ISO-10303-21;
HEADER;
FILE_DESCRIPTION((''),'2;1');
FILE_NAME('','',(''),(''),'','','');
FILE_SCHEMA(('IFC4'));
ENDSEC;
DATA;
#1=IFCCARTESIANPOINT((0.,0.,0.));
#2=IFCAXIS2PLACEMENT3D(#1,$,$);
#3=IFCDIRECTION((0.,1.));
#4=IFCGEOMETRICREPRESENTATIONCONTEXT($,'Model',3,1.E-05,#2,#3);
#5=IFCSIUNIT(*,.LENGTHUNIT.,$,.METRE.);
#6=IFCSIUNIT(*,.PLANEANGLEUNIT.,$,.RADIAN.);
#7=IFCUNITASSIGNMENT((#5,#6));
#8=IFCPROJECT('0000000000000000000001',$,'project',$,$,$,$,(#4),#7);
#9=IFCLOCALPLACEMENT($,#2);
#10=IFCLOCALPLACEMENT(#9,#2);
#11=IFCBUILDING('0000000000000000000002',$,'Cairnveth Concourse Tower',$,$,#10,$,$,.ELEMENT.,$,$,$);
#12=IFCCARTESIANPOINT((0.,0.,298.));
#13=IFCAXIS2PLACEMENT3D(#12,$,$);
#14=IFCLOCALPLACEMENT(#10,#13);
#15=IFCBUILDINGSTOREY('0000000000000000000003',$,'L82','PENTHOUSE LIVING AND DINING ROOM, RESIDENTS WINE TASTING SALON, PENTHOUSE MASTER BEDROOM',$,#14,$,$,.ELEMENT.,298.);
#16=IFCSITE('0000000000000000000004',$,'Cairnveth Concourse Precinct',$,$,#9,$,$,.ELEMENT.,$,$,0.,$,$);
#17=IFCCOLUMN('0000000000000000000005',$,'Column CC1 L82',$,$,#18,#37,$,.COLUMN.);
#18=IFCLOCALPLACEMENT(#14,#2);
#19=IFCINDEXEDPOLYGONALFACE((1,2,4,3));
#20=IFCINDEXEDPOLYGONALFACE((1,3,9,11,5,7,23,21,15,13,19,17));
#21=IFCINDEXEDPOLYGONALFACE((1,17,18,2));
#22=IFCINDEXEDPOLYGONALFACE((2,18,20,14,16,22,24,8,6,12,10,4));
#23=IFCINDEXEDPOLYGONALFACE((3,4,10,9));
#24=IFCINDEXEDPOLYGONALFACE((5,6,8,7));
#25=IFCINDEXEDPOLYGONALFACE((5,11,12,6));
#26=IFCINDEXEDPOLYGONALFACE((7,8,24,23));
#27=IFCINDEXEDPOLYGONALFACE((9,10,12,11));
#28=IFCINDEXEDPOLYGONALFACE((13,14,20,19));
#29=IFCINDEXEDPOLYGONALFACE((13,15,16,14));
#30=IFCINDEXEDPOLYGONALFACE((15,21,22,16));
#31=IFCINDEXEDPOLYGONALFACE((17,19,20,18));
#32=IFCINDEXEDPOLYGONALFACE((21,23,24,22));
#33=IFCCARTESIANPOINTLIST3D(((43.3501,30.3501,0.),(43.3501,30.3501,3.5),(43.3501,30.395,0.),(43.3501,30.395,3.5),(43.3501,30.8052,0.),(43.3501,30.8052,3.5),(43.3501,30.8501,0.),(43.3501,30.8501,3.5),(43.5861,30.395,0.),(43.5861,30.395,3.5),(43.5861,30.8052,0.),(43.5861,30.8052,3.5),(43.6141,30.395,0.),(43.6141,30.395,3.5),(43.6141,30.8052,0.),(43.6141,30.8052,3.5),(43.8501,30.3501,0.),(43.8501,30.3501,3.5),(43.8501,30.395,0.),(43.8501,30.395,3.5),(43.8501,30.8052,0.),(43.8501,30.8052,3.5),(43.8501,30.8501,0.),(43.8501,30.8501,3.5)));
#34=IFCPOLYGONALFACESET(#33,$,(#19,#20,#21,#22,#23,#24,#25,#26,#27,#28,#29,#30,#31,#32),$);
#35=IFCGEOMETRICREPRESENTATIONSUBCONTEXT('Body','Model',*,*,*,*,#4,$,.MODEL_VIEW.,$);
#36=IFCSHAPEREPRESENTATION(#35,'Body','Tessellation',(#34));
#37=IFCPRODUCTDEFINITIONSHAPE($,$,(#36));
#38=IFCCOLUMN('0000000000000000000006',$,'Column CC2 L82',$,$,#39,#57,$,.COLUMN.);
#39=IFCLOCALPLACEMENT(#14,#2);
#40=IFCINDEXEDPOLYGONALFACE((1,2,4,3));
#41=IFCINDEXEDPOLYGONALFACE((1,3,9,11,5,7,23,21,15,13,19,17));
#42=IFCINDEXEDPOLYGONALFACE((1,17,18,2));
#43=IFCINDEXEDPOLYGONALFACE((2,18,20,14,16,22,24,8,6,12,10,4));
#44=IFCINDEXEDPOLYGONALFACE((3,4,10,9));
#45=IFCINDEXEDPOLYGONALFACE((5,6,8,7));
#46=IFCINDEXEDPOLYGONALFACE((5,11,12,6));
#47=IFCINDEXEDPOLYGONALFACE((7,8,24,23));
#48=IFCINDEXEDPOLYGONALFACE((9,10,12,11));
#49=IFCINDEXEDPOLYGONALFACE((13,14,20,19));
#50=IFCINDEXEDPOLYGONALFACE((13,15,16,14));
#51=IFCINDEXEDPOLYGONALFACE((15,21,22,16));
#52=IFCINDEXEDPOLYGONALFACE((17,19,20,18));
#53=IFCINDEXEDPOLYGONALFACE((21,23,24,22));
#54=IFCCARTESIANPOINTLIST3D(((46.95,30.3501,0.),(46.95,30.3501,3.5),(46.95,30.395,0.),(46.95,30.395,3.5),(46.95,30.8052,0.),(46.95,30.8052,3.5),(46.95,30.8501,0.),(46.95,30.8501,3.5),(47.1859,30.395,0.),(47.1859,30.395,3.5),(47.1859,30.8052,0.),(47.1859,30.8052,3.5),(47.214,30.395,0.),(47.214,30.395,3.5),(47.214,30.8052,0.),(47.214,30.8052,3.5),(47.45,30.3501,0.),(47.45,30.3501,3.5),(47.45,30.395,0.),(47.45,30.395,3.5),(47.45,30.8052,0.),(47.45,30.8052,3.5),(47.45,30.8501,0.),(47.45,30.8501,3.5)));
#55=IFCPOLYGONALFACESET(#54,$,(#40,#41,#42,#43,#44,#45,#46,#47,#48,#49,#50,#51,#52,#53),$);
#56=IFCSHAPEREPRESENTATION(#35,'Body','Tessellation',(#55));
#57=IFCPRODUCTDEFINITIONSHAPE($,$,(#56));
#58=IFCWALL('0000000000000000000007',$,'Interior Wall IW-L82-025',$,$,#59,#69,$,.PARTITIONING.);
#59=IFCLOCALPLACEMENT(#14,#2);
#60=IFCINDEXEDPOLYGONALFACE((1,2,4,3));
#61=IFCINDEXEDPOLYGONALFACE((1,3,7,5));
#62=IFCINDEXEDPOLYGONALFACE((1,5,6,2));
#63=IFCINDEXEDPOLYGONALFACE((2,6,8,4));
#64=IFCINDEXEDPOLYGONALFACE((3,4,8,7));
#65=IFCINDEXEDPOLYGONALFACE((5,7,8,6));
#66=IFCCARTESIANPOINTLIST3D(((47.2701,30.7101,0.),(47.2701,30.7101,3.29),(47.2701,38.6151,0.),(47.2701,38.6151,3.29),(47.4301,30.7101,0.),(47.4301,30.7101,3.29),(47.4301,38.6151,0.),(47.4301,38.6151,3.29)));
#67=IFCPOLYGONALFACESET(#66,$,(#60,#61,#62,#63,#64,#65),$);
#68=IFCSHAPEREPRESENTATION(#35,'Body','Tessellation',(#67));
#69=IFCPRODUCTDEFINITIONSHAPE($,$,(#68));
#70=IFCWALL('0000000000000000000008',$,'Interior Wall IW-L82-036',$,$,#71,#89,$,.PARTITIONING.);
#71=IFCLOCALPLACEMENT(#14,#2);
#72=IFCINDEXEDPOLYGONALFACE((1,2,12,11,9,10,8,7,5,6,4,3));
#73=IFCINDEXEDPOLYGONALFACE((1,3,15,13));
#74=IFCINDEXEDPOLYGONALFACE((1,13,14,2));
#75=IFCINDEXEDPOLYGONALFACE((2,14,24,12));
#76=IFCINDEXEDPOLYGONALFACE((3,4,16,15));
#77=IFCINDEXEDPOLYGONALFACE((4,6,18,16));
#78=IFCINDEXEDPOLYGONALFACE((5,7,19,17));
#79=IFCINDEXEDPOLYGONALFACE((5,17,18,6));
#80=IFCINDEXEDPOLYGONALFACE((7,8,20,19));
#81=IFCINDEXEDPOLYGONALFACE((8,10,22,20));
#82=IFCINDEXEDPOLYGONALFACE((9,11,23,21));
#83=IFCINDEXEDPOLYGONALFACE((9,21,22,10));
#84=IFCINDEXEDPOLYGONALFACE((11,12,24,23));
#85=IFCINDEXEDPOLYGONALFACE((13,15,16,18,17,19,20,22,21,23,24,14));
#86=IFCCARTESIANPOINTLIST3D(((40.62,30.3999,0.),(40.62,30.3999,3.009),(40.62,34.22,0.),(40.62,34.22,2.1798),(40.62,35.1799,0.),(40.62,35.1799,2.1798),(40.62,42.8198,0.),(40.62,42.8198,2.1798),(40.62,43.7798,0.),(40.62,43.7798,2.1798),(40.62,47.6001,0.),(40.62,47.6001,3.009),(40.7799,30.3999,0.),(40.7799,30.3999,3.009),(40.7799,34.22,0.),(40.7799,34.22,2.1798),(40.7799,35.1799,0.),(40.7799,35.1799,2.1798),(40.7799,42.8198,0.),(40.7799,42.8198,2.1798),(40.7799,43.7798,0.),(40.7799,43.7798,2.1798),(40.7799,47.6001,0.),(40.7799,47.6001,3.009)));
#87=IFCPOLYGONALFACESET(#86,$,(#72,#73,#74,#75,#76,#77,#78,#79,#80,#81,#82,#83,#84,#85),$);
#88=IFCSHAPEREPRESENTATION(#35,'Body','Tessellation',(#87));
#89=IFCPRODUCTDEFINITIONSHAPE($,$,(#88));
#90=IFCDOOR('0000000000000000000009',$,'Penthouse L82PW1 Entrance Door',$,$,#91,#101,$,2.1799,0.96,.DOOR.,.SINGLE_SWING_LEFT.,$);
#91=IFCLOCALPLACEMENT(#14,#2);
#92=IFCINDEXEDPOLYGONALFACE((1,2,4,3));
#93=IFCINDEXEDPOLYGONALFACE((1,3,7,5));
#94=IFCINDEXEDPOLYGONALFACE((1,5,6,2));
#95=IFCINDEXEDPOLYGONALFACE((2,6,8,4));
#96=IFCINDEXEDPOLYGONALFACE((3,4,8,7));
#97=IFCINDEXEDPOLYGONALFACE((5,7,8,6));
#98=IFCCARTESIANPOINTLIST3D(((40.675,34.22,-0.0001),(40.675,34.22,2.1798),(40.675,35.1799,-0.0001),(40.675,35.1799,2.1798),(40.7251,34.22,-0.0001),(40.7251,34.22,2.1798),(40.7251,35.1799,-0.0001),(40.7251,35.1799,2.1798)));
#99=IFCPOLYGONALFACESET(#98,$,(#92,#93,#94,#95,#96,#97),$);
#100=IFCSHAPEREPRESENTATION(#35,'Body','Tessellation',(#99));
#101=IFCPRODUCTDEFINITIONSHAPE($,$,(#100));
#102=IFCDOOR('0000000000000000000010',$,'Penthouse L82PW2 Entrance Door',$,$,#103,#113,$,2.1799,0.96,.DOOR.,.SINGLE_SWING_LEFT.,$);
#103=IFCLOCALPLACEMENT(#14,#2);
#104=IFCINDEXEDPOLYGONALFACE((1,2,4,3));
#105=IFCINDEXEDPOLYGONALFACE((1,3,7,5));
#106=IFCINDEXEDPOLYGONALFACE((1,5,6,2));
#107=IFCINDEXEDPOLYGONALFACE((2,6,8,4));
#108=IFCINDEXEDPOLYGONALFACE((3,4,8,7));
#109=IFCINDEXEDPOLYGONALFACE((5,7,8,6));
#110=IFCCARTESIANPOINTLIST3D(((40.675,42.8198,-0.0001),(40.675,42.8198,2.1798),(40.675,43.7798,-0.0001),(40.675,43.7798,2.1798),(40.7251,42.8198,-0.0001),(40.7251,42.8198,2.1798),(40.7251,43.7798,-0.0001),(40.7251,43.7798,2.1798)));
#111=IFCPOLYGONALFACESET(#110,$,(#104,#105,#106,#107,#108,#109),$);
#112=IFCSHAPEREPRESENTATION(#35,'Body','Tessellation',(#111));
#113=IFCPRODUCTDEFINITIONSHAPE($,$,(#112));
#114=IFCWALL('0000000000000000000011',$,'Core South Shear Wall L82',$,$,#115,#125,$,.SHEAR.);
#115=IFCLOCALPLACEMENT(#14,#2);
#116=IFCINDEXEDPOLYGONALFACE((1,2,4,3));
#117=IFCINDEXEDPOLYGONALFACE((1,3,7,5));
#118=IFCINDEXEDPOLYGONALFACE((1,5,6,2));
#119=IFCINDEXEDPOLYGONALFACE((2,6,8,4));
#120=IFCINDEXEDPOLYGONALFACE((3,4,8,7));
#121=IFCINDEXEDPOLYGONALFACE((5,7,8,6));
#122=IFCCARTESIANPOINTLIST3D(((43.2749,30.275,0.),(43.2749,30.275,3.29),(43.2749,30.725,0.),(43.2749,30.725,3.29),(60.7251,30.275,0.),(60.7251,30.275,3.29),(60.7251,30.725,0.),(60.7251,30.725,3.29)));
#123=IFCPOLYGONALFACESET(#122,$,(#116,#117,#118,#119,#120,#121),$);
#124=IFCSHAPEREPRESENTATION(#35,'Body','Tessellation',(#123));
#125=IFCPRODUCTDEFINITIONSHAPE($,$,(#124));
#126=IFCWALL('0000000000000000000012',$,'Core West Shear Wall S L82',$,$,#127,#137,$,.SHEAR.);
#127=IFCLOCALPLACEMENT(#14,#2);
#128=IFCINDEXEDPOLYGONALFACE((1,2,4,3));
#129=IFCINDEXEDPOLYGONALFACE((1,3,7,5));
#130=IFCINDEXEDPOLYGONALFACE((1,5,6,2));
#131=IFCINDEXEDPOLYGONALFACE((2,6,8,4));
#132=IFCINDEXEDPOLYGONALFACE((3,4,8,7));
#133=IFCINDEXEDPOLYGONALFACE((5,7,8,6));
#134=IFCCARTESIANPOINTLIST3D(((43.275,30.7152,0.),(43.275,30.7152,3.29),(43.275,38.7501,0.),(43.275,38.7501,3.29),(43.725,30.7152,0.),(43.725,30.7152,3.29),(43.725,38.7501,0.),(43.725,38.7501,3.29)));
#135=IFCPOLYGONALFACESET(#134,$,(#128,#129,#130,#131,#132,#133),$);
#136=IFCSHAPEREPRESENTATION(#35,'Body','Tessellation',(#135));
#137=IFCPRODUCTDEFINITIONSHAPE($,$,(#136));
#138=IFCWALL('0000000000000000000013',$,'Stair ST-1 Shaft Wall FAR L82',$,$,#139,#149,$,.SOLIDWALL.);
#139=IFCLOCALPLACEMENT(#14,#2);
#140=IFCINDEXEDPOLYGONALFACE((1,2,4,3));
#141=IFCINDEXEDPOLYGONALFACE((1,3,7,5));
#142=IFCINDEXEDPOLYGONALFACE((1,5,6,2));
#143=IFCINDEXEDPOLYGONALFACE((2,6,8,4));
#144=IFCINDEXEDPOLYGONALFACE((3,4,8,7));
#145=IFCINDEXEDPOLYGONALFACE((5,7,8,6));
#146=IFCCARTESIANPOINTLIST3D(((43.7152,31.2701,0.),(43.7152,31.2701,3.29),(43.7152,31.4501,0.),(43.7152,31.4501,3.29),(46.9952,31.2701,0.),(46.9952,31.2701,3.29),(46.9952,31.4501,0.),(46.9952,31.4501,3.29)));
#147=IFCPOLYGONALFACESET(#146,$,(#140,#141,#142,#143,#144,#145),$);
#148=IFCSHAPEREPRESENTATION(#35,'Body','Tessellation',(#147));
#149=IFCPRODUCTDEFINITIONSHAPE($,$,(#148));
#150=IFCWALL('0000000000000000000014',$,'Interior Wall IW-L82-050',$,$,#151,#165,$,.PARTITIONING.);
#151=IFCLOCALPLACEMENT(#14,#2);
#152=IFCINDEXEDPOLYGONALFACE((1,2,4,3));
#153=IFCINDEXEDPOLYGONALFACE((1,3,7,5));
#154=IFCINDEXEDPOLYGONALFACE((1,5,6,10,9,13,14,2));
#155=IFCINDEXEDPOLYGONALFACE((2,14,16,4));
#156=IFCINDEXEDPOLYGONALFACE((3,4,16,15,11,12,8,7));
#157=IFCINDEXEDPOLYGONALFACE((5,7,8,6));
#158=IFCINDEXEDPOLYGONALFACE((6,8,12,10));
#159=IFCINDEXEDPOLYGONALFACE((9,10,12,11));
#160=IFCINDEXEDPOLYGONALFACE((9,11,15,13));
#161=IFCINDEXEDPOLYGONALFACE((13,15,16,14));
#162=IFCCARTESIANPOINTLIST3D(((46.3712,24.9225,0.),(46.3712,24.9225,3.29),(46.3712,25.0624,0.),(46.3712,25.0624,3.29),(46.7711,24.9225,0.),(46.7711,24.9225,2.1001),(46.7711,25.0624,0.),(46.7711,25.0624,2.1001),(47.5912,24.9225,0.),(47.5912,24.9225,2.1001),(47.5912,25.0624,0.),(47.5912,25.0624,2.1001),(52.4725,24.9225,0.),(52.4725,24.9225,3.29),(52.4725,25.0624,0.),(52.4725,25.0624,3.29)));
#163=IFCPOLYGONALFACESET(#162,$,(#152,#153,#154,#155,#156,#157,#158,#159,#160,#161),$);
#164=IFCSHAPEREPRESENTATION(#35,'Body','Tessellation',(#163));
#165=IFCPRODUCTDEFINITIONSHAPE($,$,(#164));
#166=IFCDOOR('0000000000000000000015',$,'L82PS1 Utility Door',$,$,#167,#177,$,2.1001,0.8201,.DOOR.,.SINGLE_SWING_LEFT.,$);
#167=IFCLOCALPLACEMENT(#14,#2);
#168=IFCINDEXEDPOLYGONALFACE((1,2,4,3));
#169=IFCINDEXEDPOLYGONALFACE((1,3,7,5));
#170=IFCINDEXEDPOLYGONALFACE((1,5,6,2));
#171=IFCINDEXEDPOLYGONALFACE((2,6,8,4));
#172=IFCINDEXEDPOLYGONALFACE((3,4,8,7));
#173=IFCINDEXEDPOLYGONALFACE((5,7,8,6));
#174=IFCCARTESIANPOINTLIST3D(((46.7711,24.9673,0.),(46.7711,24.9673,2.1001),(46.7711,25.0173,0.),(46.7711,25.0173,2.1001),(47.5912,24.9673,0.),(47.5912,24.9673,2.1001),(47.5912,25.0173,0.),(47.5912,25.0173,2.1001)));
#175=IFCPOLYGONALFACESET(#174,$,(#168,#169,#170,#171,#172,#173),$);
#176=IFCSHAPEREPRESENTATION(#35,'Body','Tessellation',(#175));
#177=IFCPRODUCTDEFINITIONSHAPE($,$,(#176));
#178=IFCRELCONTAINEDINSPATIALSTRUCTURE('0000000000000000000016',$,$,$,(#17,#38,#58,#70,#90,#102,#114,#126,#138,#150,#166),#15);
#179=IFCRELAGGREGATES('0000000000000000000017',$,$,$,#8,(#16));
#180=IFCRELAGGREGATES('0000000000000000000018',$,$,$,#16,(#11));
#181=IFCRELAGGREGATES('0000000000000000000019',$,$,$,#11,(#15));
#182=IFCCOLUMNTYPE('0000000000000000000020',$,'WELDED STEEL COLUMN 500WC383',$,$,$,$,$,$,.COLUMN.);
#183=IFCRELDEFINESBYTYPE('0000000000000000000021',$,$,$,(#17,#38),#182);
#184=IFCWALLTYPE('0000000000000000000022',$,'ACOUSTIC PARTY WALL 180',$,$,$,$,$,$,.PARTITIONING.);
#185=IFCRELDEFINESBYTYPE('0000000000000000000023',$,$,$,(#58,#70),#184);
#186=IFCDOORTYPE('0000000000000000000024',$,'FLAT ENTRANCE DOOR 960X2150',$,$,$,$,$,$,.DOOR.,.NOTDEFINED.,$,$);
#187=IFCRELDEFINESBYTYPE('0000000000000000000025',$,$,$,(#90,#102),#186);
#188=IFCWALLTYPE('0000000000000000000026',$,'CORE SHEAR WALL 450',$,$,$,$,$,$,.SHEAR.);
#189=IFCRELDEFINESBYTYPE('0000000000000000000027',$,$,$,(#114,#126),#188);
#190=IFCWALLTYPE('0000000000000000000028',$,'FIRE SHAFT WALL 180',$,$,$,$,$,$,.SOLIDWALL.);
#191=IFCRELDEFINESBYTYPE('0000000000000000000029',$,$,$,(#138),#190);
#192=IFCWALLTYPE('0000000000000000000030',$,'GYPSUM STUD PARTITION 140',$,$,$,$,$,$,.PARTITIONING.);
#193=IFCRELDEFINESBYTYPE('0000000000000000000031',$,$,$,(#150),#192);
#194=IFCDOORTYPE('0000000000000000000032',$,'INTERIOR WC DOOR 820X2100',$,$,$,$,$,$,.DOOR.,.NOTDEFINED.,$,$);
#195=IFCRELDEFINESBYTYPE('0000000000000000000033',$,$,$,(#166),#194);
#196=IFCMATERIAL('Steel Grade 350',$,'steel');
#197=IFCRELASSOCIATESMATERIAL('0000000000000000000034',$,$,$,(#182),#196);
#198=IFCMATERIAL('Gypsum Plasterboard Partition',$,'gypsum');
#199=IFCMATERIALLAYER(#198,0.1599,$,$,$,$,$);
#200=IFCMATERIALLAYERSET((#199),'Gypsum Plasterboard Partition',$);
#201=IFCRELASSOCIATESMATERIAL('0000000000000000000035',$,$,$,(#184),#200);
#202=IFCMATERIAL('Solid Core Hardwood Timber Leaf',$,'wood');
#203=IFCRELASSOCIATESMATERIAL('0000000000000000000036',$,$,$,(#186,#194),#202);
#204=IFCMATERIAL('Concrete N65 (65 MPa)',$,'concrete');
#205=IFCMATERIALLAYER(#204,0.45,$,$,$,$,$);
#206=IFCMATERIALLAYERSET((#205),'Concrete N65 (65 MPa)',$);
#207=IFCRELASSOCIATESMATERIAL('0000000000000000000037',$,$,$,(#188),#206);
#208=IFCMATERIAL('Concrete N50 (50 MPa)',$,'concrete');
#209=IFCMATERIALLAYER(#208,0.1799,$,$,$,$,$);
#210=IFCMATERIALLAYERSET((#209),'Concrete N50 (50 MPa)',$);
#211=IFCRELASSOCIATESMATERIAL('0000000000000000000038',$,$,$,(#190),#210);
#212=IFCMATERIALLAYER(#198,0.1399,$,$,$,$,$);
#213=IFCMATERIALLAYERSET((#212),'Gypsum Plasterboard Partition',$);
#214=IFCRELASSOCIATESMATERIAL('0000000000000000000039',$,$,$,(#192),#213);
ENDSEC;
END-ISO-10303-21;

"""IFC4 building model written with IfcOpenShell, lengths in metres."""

from ifc_helpers import new_model, si_unit, direction, frame, frame_2d, origin, origin_2d, place, context, subcontext, project, spatial, rectangle, i_section, extrude, material, layer, layer_set, material_profile, profile_set, type_object, element, fill, save


model = new_model("IFC4")

# Units and contexts
model_context = context("Model", 3, precision=1e-05, world=origin(), true_north=direction((0.0, 1.0)))
body_context = subcontext(model_context, "Body", "Model", "MODEL_VIEW")
ifc_project = project(units=[si_unit("LENGTHUNIT", "METRE"), si_unit("PLANEANGLEUNIT", "RADIAN")], contexts=[model_context])

# Site, building, storey
site_placement = place(None, origin())
site = spatial("IfcSite", under=ifc_project, at=site_placement, Name="Cairnveth Concourse Precinct", CompositionType="ELEMENT", RefElevation=0.0)
building_placement = place(site_placement, origin())
building = spatial("IfcBuilding", under=site, at=building_placement, Name="Cairnveth Concourse Tower", CompositionType="ELEMENT")
storey_placement = place(building_placement, frame((0.0, 0.0, 298.0)))
storey = spatial("IfcBuildingStorey", under=building, at=storey_placement, Name="L82", Description="PENTHOUSE LIVING AND DINING ROOM, RESIDENTS WINE TASTING SALON, PENTHOUSE MASTER BEDROOM", CompositionType="ELEMENT", Elevation=298.0)

# Columns
ifc_material_1 = material(Name="Steel Grade 350", Category="steel")
ifc_material_profile = material_profile(ifc_material_1, i_section(OverallWidth=0.5, OverallDepth=0.5, WebThickness=0.0281, FlangeThickness=0.0449, at=origin_2d()), Name="500WC383")
ifc_profile_set = profile_set([ifc_material_profile], Name="Steel Grade 350")
column_type = type_object("IfcColumnType", Name="WELDED STEEL COLUMN 500WC383", PredefinedType="COLUMN", material=ifc_profile_set)
for number, where, z_axis, x_axis, name in (
    (1, (43.6001, 30.6001, 0.0), (0.0, 0.0, 1.0), (1.0, 0.0, 0.0), "Column CC1 L82"),
    (2, (47.2, 30.6001, 0.0), (0.0, 0.0, 1.0), (1.0, 0.0, 0.0), "Column CC2 L82"),
):
    element("IfcColumn", number, at=place(storey_placement, frame(where, z_axis=z_axis, x_axis=x_axis)), inside=storey, type_object=column_type, Name=name, PredefinedType="COLUMN", context=body_context, shape_type="SweptSolid", body=[
        extrude(i_section(OverallWidth=0.5, OverallDepth=0.5, WebThickness=0.0281, FlangeThickness=0.0449, at=origin_2d()), origin(), (0.0, 0.0, 1.0), 3.5),
    ])

# Wall
ifc_material_2 = material(Name="Gypsum Plasterboard Partition", Category="gypsum")
ifc_layer_1 = layer(ifc_material_2, 0.1599)
ifc_layer_set_1 = layer_set([ifc_layer_1], Name="Gypsum Plasterboard Partition")
wall_type_1 = type_object("IfcWallType", Name="ACOUSTIC PARTY WALL 180", PredefinedType="PARTITIONING", material=ifc_layer_set_1)
wall_1_placement = place(storey_placement, frame((47.3501, 30.71, 0.0), z_axis=(0.0, 0.0, 1.0), x_axis=(0.0, 1.0, 0.0)))
element("IfcWall", 3, at=wall_1_placement, inside=storey, type_object=wall_type_1, Name="Interior Wall IW-L82-025", PredefinedType="PARTITIONING", context=body_context, shape_type="SweptSolid", body=[
    extrude(rectangle(XDim=7.905, YDim=0.1599, at=frame_2d((3.9526, 0.0))), origin(), (0.0, 0.0, 1.0), 3.29),
])

# Wall, openings, doors
wall_2_placement = place(storey_placement, frame((40.7, 30.3999, 0.0), z_axis=(0.0, 0.0, 1.0), x_axis=(0.0, 1.0, 0.0)))
wall_2 = element("IfcWall", 4, at=wall_2_placement, inside=storey, type_object=wall_type_1, Name="Interior Wall IW-L82-036", PredefinedType="PARTITIONING", context=body_context, shape_type="SweptSolid", body=[
    extrude(rectangle(XDim=17.2002, YDim=0.1599, at=frame_2d((8.6001, 0.0))), origin(), (0.0, 0.0, 1.0), 3.009),
])
opening_1_placement = place(wall_2_placement, frame((3.8201, 0.0, 0.0)))
opening_1 = element("IfcOpeningElement", 5, at=opening_1_placement, cuts=wall_2, PredefinedType="OPENING", context=body_context, shape_type="SweptSolid", body=[
    extrude(rectangle(XDim=0.96, YDim=2.1799, at=frame_2d((0.48, 1.0898))), frame((0.0, 0.0898, 0.0), z_axis=(0.0, -1.0, 0.0), x_axis=(1.0, 0.0, 0.0)), (0.0, 0.0, 1.0), 0.1799),
])
opening_2_placement = place(wall_2_placement, frame((12.4199, 0.0, 0.0)))
opening_2 = element("IfcOpeningElement", 6, at=opening_2_placement, cuts=wall_2, PredefinedType="OPENING", context=body_context, shape_type="SweptSolid", body=[
    extrude(rectangle(XDim=0.96, YDim=2.1799, at=frame_2d((0.48, 1.0898))), frame((0.0, 0.0898, 0.0), z_axis=(0.0, -1.0, 0.0), x_axis=(1.0, 0.0, 0.0)), (0.0, 0.0, 1.0), 0.1799),
])
ifc_material_3 = material(Name="Solid Core Hardwood Timber Leaf", Category="wood")
door_type_1 = type_object("IfcDoorType", Name="FLAT ENTRANCE DOOR 960X2150", OperationType="NOTDEFINED", PredefinedType="DOOR", material=ifc_material_3)
door_1_placement = place(opening_1_placement, origin())
door_1 = element("IfcDoor", 7, at=door_1_placement, inside=storey, type_object=door_type_1, Name="Penthouse L82PW1 Entrance Door", OperationType="SINGLE_SWING_LEFT", OverallHeight=2.1799, OverallWidth=0.96, PredefinedType="DOOR", context=body_context, shape_type="SweptSolid", body=[
    extrude(rectangle(XDim=0.96, YDim=2.1799, at=frame_2d((0.48, 1.0898))), frame((0.0, 0.0249, 0.0), z_axis=(0.0, -1.0, 0.0), x_axis=(1.0, 0.0, 0.0)), (0.0, 0.0, 1.0), 0.05),
])
fill(opening_1, door_1)
door_2_placement = place(opening_2_placement, origin())
door_2 = element("IfcDoor", 8, at=door_2_placement, inside=storey, type_object=door_type_1, Name="Penthouse L82PW2 Entrance Door", OperationType="SINGLE_SWING_LEFT", OverallHeight=2.1799, OverallWidth=0.96, PredefinedType="DOOR", context=body_context, shape_type="SweptSolid", body=[
    extrude(rectangle(XDim=0.96, YDim=2.1799, at=frame_2d((0.48, 1.0898))), frame((0.0, 0.0249, 0.0), z_axis=(0.0, -1.0, 0.0), x_axis=(1.0, 0.0, 0.0)), (0.0, 0.0, 1.0), 0.05),
])
fill(opening_2, door_2)

# Walls
ifc_material_4 = material(Name="Concrete N65 (65 MPa)", Category="concrete")
ifc_layer_2 = layer(ifc_material_4, 0.45)
ifc_layer_set_2 = layer_set([ifc_layer_2], Name="Concrete N65 (65 MPa)")
wall_type_2 = type_object("IfcWallType", Name="CORE SHEAR WALL 450", PredefinedType="SHEAR", material=ifc_layer_set_2)
wall_3_placement = place(storey_placement, frame((43.2749, 30.5, 0.0), z_axis=(0.0, 0.0, 1.0), x_axis=(1.0, 0.0, 0.0)))
element("IfcWall", 9, at=wall_3_placement, inside=storey, type_object=wall_type_2, Name="Core South Shear Wall L82", PredefinedType="SHEAR", context=body_context, shape_type="SweptSolid", body=[
    extrude(rectangle(XDim=17.4502, YDim=0.45, at=frame_2d((8.7251, 0.0))), origin(), (0.0, 0.0, 1.0), 3.29),
])
wall_4_placement = place(storey_placement, frame((43.5, 30.7151, 0.0), z_axis=(0.0, 0.0, 1.0), x_axis=(0.0, 1.0, 0.0)))
element("IfcWall", 10, at=wall_4_placement, inside=storey, type_object=wall_type_2, Name="Core West Shear Wall S L82", PredefinedType="SHEAR", context=body_context, shape_type="SweptSolid", body=[
    extrude(rectangle(XDim=8.0349, YDim=0.45, at=frame_2d((4.0176, 0.0))), origin(), (0.0, 0.0, 1.0), 3.29),
])
ifc_material_5 = material(Name="Concrete N50 (50 MPa)", Category="concrete")
ifc_layer_3 = layer(ifc_material_5, 0.1799)
ifc_layer_set_3 = layer_set([ifc_layer_3], Name="Concrete N50 (50 MPa)")
wall_type_3 = type_object("IfcWallType", Name="FIRE SHAFT WALL 180", PredefinedType="SOLIDWALL", material=ifc_layer_set_3)
wall_5_placement = place(storey_placement, frame((43.7151, 31.3601, 0.0), z_axis=(0.0, 0.0, 1.0), x_axis=(1.0, 0.0, 0.0)))
element("IfcWall", 11, at=wall_5_placement, inside=storey, type_object=wall_type_3, Name="Stair ST-1 Shaft Wall FAR L82", PredefinedType="SOLIDWALL", context=body_context, shape_type="SweptSolid", body=[
    extrude(rectangle(XDim=3.28, YDim=0.1799, at=frame_2d((1.6401, 0.0))), origin(), (0.0, 0.0, 1.0), 3.29),
])

# Wall, opening, door
ifc_layer_4 = layer(ifc_material_2, 0.1399)
ifc_layer_set_4 = layer_set([ifc_layer_4], Name="Gypsum Plasterboard Partition")
wall_type_4 = type_object("IfcWallType", Name="GYPSUM STUD PARTITION 140", PredefinedType="PARTITIONING", material=ifc_layer_set_4)
wall_6_placement = place(storey_placement, frame((46.3711, 24.9924, 0.0), z_axis=(0.0, 0.0, 1.0), x_axis=(1.0, 0.0, 0.0)))
wall_6 = element("IfcWall", 12, at=wall_6_placement, inside=storey, type_object=wall_type_4, Name="Interior Wall IW-L82-050", PredefinedType="PARTITIONING", context=body_context, shape_type="SweptSolid", body=[
    extrude(rectangle(XDim=6.1013, YDim=0.1399, at=frame_2d((3.0508, 0.0))), origin(), (0.0, 0.0, 1.0), 3.29),
])
opening_3_placement = place(wall_6_placement, frame((0.3999, 0.0, 0.0)))
opening_3 = element("IfcOpeningElement", 13, at=opening_3_placement, cuts=wall_6, PredefinedType="OPENING", context=body_context, shape_type="SweptSolid", body=[
    extrude(rectangle(XDim=0.8201, YDim=2.1001, at=frame_2d((0.4102, 1.05))), frame((0.0, 0.0798, 0.0), z_axis=(0.0, -1.0, 0.0), x_axis=(1.0, 0.0, 0.0)), (0.0, 0.0, 1.0), 0.1599),
])
door_type_2 = type_object("IfcDoorType", Name="INTERIOR WC DOOR 820X2100", OperationType="NOTDEFINED", PredefinedType="DOOR", material=ifc_material_3)
door_3_placement = place(opening_3_placement, origin())
door_3 = element("IfcDoor", 14, at=door_3_placement, inside=storey, type_object=door_type_2, Name="L82PS1 Utility Door", OperationType="SINGLE_SWING_LEFT", OverallHeight=2.1001, OverallWidth=0.8201, PredefinedType="DOOR", context=body_context, shape_type="SweptSolid", body=[
    extrude(rectangle(XDim=0.8201, YDim=2.1001, at=frame_2d((0.4102, 1.05))), frame((0.0, 0.0249, 0.0), z_axis=(0.0, -1.0, 0.0), x_axis=(1.0, 0.0, 0.0)), (0.0, 0.0, 1.0), 0.05),
])
fill(opening_3, door_3)

save(model, "model.ifc")
